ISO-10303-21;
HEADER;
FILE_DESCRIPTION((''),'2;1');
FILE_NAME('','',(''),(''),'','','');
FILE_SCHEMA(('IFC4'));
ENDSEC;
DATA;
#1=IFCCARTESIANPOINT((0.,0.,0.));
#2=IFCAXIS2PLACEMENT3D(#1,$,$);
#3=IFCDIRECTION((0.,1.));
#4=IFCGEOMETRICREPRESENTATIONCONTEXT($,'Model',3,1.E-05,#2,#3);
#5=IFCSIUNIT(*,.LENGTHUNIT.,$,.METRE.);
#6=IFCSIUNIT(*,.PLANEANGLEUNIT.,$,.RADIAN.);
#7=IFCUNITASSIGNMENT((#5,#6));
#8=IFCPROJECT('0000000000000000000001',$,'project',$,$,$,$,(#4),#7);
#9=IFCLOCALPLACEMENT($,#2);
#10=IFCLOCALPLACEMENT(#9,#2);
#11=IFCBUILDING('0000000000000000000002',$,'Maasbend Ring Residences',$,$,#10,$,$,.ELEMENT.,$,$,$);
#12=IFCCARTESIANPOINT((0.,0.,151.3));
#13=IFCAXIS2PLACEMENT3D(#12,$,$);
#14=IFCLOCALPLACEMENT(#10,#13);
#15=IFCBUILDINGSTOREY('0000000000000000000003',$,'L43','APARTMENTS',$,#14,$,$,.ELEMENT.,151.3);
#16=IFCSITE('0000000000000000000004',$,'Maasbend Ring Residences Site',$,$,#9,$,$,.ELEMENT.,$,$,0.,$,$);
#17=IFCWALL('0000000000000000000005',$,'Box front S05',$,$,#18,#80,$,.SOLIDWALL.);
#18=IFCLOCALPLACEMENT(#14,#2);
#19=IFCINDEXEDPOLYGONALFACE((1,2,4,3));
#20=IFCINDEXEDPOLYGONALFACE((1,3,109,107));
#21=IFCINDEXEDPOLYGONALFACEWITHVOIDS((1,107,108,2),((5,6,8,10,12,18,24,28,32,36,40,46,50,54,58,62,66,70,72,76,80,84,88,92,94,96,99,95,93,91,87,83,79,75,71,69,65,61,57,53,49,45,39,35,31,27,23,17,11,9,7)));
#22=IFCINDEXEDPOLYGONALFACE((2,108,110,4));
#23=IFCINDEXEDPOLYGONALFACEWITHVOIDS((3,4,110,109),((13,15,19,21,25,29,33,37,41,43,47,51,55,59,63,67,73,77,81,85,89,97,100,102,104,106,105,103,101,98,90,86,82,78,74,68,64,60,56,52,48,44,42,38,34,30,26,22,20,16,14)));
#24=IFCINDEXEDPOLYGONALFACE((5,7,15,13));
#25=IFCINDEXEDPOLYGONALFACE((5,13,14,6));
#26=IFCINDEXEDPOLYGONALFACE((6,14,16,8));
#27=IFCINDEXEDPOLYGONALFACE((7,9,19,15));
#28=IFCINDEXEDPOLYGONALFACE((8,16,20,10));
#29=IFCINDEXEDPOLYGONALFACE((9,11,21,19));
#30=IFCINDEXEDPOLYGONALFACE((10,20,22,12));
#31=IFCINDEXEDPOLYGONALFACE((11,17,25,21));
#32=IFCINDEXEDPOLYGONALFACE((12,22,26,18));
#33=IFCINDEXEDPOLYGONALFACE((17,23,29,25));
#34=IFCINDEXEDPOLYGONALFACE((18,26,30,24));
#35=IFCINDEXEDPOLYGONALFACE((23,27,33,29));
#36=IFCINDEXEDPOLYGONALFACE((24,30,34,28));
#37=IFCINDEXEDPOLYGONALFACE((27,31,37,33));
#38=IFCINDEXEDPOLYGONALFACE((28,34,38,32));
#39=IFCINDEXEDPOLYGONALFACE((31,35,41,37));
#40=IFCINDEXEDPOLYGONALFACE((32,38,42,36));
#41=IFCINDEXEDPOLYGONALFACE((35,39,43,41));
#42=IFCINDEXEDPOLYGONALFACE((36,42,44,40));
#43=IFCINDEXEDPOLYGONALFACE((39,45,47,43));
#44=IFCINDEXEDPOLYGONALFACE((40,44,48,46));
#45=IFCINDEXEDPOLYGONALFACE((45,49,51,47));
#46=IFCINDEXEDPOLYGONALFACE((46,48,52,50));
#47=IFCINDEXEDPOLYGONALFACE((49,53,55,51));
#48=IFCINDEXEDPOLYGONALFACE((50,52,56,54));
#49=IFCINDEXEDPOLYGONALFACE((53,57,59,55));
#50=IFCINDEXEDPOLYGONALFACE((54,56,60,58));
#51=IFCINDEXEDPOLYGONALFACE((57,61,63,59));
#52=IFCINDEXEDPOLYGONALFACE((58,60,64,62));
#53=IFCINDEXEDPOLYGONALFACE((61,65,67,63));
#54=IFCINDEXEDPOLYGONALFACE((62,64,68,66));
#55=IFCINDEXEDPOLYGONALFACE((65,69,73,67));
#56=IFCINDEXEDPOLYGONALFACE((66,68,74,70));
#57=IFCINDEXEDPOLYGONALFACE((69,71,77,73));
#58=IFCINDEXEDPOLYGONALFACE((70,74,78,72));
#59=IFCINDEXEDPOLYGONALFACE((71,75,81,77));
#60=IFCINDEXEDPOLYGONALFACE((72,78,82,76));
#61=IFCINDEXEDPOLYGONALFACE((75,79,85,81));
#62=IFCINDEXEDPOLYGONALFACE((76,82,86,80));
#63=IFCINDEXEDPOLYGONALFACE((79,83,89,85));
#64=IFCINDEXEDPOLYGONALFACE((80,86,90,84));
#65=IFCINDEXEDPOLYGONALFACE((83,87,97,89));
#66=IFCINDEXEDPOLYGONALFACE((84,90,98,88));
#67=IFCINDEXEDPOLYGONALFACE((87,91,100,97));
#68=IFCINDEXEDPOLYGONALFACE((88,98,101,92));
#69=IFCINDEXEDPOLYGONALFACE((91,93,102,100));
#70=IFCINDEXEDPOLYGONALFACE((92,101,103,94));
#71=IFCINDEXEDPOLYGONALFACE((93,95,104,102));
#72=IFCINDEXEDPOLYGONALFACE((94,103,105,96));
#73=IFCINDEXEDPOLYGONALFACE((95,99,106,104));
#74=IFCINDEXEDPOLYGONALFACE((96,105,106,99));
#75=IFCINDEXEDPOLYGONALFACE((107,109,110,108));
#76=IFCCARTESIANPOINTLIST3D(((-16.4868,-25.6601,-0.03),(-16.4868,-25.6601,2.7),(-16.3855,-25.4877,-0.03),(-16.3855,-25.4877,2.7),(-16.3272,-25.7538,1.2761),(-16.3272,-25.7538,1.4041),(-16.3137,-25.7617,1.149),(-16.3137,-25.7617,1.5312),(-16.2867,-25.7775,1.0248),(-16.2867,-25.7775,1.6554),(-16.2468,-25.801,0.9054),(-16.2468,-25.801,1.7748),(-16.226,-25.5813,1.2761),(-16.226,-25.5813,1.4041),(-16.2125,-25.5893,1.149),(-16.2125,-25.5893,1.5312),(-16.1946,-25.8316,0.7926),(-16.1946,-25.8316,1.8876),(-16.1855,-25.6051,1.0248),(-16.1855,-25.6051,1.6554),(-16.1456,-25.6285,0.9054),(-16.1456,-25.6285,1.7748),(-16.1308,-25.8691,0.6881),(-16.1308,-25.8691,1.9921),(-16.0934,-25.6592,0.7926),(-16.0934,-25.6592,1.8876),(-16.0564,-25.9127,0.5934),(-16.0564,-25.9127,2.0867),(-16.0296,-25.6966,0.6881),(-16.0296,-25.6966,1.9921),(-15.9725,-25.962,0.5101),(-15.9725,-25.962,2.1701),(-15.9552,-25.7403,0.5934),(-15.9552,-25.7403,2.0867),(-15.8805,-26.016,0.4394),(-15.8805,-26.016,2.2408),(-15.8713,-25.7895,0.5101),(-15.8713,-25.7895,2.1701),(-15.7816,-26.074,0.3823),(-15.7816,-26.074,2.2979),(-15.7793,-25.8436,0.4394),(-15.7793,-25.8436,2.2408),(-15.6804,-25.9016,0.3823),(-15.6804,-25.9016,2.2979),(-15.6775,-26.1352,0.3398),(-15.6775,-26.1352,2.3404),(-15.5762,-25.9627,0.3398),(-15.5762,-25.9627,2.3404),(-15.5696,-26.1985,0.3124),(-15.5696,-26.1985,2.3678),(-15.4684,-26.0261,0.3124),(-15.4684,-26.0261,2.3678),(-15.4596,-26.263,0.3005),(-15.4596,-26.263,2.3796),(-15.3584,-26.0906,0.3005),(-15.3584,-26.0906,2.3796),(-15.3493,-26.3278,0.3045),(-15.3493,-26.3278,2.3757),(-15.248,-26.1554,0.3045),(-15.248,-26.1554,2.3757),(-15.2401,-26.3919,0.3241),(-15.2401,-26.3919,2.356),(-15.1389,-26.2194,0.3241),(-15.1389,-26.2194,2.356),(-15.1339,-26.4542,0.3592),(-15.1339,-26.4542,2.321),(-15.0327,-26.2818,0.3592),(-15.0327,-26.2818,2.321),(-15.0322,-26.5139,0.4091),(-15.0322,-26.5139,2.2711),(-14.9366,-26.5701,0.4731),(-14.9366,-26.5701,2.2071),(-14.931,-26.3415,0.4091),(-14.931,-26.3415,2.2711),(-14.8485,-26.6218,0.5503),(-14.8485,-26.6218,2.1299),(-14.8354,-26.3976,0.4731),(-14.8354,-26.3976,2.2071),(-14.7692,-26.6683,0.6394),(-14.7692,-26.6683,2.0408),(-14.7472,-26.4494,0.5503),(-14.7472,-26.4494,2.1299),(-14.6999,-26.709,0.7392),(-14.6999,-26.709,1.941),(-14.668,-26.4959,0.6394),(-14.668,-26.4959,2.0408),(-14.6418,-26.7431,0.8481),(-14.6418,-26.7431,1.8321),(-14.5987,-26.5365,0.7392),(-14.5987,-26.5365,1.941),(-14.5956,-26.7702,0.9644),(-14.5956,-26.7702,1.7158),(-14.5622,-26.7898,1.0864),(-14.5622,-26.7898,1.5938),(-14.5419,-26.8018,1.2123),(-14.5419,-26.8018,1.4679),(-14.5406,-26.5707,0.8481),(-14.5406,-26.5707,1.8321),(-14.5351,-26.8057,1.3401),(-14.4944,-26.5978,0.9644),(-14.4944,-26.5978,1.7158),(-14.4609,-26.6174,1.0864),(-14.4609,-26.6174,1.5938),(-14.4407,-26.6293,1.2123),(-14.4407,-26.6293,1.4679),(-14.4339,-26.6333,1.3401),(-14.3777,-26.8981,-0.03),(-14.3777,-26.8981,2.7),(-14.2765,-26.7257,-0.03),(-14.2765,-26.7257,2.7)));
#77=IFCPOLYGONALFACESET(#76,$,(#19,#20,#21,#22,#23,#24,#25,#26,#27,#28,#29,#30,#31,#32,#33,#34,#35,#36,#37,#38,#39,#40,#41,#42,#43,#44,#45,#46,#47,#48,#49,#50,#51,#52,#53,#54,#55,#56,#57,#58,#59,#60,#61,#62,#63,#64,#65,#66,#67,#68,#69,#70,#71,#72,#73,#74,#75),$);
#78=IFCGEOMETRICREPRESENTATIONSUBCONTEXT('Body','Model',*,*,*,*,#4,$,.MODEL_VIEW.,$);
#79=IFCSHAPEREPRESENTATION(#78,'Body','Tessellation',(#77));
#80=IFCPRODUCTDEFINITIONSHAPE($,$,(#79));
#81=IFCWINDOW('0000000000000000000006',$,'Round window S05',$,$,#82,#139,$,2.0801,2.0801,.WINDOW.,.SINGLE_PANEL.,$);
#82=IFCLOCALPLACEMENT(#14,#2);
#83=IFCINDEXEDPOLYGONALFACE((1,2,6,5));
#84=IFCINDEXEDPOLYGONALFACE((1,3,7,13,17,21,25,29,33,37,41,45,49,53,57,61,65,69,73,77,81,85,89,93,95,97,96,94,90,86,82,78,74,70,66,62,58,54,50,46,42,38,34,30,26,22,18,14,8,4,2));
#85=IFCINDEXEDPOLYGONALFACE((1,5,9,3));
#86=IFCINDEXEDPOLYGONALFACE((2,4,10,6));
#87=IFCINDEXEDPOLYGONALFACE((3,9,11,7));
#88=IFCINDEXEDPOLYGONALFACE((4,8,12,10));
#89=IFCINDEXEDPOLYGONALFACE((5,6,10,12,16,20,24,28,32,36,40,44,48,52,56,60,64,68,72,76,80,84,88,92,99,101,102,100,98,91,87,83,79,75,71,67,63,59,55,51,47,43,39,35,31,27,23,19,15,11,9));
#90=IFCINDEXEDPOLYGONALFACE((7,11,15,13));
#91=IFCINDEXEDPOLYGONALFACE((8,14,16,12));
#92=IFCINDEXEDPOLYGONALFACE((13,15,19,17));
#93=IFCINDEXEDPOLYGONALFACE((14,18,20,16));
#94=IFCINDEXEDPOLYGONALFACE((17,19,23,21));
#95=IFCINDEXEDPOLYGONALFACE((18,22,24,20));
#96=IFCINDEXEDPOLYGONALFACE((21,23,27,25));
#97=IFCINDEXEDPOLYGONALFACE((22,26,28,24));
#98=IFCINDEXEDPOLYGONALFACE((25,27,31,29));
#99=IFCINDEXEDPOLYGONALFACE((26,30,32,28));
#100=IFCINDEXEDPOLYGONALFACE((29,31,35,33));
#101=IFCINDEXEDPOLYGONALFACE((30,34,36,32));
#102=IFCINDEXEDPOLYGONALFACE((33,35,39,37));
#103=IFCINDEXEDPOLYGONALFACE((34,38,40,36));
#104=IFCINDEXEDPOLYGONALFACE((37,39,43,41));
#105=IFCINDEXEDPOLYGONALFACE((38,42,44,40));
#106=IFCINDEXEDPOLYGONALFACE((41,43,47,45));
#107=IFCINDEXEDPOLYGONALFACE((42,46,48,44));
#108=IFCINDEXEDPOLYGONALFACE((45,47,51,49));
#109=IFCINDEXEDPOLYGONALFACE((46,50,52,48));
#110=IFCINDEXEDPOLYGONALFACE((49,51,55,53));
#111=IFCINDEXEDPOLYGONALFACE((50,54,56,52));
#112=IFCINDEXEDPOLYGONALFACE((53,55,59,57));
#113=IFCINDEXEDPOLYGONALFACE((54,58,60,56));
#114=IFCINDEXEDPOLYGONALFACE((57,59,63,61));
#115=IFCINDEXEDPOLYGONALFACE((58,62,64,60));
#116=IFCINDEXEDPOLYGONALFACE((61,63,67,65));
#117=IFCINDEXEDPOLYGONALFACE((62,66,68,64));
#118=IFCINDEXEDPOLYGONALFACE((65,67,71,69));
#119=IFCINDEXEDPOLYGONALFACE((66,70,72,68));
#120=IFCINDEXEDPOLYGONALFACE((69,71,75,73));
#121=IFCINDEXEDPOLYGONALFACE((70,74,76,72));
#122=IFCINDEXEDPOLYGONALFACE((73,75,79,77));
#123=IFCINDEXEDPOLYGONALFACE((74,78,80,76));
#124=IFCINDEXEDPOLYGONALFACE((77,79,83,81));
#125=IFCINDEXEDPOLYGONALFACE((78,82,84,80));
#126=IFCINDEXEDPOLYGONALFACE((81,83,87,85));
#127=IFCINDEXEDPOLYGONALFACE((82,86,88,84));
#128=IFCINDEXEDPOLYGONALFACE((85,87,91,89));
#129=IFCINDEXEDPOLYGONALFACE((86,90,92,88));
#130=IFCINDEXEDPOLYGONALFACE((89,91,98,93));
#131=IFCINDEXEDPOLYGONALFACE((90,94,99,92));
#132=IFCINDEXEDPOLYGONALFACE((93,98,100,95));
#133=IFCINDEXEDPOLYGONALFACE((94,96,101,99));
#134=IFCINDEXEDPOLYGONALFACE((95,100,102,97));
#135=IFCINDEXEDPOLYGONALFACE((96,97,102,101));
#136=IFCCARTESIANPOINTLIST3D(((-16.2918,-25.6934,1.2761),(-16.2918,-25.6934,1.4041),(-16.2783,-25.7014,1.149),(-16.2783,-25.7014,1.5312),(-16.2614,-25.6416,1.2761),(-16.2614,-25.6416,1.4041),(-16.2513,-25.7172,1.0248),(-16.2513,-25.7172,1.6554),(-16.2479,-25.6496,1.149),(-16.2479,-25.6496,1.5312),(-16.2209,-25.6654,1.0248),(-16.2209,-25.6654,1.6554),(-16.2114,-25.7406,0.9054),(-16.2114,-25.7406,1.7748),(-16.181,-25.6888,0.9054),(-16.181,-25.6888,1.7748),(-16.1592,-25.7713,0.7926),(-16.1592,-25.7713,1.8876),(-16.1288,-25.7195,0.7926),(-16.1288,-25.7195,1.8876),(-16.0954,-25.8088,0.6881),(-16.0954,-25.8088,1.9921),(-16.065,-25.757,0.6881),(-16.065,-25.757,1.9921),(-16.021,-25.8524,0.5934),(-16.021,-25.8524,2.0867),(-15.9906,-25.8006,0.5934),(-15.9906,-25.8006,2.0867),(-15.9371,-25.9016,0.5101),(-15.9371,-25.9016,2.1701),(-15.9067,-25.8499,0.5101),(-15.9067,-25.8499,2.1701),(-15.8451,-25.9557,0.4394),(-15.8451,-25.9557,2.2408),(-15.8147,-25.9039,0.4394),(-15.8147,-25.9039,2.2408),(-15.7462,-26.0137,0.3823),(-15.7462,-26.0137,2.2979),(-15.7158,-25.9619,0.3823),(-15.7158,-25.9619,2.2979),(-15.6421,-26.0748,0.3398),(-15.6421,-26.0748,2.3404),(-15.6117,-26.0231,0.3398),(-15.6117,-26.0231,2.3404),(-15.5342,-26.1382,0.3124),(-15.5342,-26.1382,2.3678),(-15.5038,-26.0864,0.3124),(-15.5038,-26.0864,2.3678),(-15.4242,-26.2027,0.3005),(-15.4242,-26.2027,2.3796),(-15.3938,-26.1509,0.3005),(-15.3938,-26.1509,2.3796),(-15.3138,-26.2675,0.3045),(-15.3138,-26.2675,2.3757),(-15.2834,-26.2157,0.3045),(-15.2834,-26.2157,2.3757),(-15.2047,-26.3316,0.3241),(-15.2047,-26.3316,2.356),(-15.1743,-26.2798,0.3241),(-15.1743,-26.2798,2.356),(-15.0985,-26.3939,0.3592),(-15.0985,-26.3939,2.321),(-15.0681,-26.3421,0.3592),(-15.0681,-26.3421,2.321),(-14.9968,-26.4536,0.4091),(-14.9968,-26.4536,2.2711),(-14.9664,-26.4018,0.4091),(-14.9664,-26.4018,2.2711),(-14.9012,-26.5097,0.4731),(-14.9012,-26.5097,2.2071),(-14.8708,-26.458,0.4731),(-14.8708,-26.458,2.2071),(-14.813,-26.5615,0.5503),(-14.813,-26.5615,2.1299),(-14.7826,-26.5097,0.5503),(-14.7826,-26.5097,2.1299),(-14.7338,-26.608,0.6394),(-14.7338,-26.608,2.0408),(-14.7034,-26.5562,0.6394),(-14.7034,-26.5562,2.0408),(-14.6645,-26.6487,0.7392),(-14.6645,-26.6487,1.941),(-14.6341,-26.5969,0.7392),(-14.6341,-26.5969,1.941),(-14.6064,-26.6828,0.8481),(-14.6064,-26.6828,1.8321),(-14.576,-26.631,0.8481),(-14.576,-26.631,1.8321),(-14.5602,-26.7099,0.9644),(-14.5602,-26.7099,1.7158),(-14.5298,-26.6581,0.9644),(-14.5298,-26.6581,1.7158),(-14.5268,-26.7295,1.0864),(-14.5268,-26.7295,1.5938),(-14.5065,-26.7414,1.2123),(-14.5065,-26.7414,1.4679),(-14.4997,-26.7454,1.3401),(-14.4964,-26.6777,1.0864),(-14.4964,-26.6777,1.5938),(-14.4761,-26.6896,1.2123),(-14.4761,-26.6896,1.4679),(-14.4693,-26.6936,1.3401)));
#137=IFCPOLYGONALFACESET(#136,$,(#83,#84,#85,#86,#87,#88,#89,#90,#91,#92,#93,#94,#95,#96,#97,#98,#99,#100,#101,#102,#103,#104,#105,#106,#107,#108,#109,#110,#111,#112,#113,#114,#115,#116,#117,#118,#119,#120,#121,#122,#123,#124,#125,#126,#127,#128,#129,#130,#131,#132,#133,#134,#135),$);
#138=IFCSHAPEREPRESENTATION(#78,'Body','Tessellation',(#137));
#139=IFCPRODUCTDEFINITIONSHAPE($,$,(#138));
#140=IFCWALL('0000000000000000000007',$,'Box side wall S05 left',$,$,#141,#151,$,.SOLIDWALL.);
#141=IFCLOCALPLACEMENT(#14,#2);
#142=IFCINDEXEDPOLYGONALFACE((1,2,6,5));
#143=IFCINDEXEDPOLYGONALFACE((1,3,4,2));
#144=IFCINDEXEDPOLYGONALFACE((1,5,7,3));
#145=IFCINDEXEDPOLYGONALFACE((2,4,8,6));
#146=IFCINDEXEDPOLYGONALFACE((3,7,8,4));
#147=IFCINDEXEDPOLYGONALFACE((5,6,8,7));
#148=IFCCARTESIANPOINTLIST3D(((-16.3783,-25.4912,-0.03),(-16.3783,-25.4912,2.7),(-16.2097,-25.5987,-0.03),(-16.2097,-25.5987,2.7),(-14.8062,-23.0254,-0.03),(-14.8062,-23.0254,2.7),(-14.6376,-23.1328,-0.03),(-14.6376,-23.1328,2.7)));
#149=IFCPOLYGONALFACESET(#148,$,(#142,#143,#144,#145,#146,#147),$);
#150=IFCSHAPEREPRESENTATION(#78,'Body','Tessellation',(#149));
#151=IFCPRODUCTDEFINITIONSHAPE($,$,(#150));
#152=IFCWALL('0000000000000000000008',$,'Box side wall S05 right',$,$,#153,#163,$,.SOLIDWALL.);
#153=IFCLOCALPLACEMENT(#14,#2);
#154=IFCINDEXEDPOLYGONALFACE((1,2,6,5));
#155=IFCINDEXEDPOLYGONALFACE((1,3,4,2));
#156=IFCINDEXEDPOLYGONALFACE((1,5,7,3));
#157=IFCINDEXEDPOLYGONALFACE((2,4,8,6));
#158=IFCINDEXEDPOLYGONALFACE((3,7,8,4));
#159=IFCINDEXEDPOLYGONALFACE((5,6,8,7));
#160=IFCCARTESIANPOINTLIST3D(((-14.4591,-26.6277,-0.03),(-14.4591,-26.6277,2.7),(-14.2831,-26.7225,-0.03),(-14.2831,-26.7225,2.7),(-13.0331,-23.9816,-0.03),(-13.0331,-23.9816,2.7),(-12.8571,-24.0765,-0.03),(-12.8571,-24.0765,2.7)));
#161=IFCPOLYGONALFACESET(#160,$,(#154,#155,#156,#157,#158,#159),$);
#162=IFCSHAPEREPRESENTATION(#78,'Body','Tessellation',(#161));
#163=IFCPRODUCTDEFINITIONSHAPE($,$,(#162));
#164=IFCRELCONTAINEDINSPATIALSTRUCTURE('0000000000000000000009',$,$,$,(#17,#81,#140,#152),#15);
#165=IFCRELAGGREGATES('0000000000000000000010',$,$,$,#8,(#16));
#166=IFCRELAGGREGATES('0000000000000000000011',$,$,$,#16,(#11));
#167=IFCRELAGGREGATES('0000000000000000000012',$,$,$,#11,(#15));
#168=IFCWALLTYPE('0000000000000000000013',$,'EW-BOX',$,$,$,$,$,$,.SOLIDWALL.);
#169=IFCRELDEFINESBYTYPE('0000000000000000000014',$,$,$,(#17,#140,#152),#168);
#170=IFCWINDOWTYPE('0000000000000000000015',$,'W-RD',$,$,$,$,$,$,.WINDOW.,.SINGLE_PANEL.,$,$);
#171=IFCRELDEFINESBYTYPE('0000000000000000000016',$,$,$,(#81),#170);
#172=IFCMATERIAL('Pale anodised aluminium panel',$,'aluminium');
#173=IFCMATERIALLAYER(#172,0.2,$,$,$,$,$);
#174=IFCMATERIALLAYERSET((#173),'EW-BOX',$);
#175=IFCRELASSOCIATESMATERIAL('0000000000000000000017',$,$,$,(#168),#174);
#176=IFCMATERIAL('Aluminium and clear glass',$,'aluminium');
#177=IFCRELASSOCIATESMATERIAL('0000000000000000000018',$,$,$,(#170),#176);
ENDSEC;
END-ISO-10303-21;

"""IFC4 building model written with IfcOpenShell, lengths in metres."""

from ifc_helpers import new_model, si_unit, direction, frame, frame_2d, origin, place, context, subcontext, project, spatial, rectangle, circle, extrude, material, layer, layer_set, type_object, element, fill, save


model = new_model("IFC4")

# Units and contexts
model_context = context("Model", 3, precision=1e-05, world=origin(), true_north=direction((0.0, 1.0)))
body_context = subcontext(model_context, "Body", "Model", "MODEL_VIEW")
ifc_project = project(units=[si_unit("LENGTHUNIT", "METRE"), si_unit("PLANEANGLEUNIT", "RADIAN")], contexts=[model_context])

# Site, building, storey
site_placement = place(None, origin())
site = spatial("IfcSite", under=ifc_project, at=site_placement, Name="Maasbend Ring Residences Site", CompositionType="ELEMENT", RefElevation=0.0)
building_placement = place(site_placement, origin())
building = spatial("IfcBuilding", under=site, at=building_placement, Name="Maasbend Ring Residences", CompositionType="ELEMENT")
storey_placement = place(building_placement, frame((0.0, 0.0, 151.3)))
storey = spatial("IfcBuildingStorey", under=building, at=storey_placement, Name="L43", Description="APARTMENTS", CompositionType="ELEMENT", Elevation=151.3)

# Shared definitions
ifc_material_1 = material(Name="Pale anodised aluminium panel", Category="aluminium")
ifc_layer_1 = layer(ifc_material_1, 0.2)
ifc_layer_set_1 = layer_set([ifc_layer_1], Name="EW-BOX")
wall_type_1 = type_object("IfcWallType", Name="EW-BOX", PredefinedType="SOLIDWALL", material=ifc_layer_set_1)
ifc_material_2 = material(Name="Aluminium and clear glass", Category="aluminium")
window_type_1 = type_object("IfcWindowType", Name="W-RD", PartitioningType="SINGLE_PANEL", PredefinedType="WINDOW", material=ifc_material_2)

# Wall, opening, window
wall_1_placement = place(storey_placement, frame((-16.436, -25.574, -0.03), z_axis=(0.0, 0.0, 1.0), x_axis=(0.862403, -0.506222, 0.0)))
wall_1 = element("IfcWall", 1, at=wall_1_placement, inside=storey, type_object=wall_type_1, Name="Box front S05", PredefinedType="SOLIDWALL", context=body_context, shape_type="SweptSolid", body=[
    extrude(rectangle(XDim=2.4456, YDim=0.2, at=frame_2d((1.2227, 0.0))), origin(), (0.0, 0.0, 1.0), 2.73),
])
opening_1_placement = place(wall_1_placement, frame((0.1829, 0.0, 0.3301)))
opening_1 = element("IfcOpeningElement", 2, at=opening_1_placement, cuts=wall_1, PredefinedType="OPENING", context=body_context, shape_type="SweptSolid", body=[
    extrude(circle(Radius=1.04, at=frame_2d((1.04, 1.04))), frame((0.0, 0.1099, 0.0), z_axis=(0.0, -1.0, 0.0), x_axis=(1.0, 0.0, 0.0)), (0.0, 0.0, 1.0), 0.22),
])
window_1_placement = place(opening_1_placement, origin())
window_1 = element("IfcWindow", 3, at=window_1_placement, inside=storey, type_object=window_type_1, Name="Round window S05", OverallHeight=2.0801, OverallWidth=2.0801, PartitioningType="SINGLE_PANEL", PredefinedType="WINDOW", context=body_context, shape_type="SweptSolid", body=[
    extrude(circle(Radius=1.04, at=frame_2d((1.04, 1.04))), frame((0.0, 0.03, 0.0), z_axis=(0.0, -1.0, 0.0), x_axis=(1.0, 0.0, 0.0)), (0.0, 0.0, 1.0), 0.0601),
])
fill(opening_1, window_1)

# Walls
wall_2_placement = place(storey_placement, frame((-14.7219, -23.0791, -0.03), z_axis=(0.0, 0.0, 1.0), x_axis=(-0.537572, -0.843218, 0.0)))
element("IfcWall", 4, at=wall_2_placement, inside=storey, type_object=wall_type_1, Name="Box side wall S05 left", PredefinedType="SOLIDWALL", context=body_context, shape_type="SweptSolid", body=[
    extrude(rectangle(XDim=2.9243, YDim=0.2, at=frame_2d((1.4622, 0.0))), origin(), (0.0, 0.0, 1.0), 2.73),
])
wall_3_placement = place(storey_placement, frame((-12.9451, -24.0291, -0.03), z_axis=(0.0, 0.0, 1.0), x_axis=(-0.474424, -0.880296, 0.0)))
element("IfcWall", 5, at=wall_3_placement, inside=storey, type_object=wall_type_1, Name="Box side wall S05 right", PredefinedType="SOLIDWALL", context=body_context, shape_type="SweptSolid", body=[
    extrude(rectangle(XDim=3.0059, YDim=0.2, at=frame_2d((1.5029, 0.0))), origin(), (0.0, 0.0, 1.0), 2.73),
])

save(model, "model.ifc")
